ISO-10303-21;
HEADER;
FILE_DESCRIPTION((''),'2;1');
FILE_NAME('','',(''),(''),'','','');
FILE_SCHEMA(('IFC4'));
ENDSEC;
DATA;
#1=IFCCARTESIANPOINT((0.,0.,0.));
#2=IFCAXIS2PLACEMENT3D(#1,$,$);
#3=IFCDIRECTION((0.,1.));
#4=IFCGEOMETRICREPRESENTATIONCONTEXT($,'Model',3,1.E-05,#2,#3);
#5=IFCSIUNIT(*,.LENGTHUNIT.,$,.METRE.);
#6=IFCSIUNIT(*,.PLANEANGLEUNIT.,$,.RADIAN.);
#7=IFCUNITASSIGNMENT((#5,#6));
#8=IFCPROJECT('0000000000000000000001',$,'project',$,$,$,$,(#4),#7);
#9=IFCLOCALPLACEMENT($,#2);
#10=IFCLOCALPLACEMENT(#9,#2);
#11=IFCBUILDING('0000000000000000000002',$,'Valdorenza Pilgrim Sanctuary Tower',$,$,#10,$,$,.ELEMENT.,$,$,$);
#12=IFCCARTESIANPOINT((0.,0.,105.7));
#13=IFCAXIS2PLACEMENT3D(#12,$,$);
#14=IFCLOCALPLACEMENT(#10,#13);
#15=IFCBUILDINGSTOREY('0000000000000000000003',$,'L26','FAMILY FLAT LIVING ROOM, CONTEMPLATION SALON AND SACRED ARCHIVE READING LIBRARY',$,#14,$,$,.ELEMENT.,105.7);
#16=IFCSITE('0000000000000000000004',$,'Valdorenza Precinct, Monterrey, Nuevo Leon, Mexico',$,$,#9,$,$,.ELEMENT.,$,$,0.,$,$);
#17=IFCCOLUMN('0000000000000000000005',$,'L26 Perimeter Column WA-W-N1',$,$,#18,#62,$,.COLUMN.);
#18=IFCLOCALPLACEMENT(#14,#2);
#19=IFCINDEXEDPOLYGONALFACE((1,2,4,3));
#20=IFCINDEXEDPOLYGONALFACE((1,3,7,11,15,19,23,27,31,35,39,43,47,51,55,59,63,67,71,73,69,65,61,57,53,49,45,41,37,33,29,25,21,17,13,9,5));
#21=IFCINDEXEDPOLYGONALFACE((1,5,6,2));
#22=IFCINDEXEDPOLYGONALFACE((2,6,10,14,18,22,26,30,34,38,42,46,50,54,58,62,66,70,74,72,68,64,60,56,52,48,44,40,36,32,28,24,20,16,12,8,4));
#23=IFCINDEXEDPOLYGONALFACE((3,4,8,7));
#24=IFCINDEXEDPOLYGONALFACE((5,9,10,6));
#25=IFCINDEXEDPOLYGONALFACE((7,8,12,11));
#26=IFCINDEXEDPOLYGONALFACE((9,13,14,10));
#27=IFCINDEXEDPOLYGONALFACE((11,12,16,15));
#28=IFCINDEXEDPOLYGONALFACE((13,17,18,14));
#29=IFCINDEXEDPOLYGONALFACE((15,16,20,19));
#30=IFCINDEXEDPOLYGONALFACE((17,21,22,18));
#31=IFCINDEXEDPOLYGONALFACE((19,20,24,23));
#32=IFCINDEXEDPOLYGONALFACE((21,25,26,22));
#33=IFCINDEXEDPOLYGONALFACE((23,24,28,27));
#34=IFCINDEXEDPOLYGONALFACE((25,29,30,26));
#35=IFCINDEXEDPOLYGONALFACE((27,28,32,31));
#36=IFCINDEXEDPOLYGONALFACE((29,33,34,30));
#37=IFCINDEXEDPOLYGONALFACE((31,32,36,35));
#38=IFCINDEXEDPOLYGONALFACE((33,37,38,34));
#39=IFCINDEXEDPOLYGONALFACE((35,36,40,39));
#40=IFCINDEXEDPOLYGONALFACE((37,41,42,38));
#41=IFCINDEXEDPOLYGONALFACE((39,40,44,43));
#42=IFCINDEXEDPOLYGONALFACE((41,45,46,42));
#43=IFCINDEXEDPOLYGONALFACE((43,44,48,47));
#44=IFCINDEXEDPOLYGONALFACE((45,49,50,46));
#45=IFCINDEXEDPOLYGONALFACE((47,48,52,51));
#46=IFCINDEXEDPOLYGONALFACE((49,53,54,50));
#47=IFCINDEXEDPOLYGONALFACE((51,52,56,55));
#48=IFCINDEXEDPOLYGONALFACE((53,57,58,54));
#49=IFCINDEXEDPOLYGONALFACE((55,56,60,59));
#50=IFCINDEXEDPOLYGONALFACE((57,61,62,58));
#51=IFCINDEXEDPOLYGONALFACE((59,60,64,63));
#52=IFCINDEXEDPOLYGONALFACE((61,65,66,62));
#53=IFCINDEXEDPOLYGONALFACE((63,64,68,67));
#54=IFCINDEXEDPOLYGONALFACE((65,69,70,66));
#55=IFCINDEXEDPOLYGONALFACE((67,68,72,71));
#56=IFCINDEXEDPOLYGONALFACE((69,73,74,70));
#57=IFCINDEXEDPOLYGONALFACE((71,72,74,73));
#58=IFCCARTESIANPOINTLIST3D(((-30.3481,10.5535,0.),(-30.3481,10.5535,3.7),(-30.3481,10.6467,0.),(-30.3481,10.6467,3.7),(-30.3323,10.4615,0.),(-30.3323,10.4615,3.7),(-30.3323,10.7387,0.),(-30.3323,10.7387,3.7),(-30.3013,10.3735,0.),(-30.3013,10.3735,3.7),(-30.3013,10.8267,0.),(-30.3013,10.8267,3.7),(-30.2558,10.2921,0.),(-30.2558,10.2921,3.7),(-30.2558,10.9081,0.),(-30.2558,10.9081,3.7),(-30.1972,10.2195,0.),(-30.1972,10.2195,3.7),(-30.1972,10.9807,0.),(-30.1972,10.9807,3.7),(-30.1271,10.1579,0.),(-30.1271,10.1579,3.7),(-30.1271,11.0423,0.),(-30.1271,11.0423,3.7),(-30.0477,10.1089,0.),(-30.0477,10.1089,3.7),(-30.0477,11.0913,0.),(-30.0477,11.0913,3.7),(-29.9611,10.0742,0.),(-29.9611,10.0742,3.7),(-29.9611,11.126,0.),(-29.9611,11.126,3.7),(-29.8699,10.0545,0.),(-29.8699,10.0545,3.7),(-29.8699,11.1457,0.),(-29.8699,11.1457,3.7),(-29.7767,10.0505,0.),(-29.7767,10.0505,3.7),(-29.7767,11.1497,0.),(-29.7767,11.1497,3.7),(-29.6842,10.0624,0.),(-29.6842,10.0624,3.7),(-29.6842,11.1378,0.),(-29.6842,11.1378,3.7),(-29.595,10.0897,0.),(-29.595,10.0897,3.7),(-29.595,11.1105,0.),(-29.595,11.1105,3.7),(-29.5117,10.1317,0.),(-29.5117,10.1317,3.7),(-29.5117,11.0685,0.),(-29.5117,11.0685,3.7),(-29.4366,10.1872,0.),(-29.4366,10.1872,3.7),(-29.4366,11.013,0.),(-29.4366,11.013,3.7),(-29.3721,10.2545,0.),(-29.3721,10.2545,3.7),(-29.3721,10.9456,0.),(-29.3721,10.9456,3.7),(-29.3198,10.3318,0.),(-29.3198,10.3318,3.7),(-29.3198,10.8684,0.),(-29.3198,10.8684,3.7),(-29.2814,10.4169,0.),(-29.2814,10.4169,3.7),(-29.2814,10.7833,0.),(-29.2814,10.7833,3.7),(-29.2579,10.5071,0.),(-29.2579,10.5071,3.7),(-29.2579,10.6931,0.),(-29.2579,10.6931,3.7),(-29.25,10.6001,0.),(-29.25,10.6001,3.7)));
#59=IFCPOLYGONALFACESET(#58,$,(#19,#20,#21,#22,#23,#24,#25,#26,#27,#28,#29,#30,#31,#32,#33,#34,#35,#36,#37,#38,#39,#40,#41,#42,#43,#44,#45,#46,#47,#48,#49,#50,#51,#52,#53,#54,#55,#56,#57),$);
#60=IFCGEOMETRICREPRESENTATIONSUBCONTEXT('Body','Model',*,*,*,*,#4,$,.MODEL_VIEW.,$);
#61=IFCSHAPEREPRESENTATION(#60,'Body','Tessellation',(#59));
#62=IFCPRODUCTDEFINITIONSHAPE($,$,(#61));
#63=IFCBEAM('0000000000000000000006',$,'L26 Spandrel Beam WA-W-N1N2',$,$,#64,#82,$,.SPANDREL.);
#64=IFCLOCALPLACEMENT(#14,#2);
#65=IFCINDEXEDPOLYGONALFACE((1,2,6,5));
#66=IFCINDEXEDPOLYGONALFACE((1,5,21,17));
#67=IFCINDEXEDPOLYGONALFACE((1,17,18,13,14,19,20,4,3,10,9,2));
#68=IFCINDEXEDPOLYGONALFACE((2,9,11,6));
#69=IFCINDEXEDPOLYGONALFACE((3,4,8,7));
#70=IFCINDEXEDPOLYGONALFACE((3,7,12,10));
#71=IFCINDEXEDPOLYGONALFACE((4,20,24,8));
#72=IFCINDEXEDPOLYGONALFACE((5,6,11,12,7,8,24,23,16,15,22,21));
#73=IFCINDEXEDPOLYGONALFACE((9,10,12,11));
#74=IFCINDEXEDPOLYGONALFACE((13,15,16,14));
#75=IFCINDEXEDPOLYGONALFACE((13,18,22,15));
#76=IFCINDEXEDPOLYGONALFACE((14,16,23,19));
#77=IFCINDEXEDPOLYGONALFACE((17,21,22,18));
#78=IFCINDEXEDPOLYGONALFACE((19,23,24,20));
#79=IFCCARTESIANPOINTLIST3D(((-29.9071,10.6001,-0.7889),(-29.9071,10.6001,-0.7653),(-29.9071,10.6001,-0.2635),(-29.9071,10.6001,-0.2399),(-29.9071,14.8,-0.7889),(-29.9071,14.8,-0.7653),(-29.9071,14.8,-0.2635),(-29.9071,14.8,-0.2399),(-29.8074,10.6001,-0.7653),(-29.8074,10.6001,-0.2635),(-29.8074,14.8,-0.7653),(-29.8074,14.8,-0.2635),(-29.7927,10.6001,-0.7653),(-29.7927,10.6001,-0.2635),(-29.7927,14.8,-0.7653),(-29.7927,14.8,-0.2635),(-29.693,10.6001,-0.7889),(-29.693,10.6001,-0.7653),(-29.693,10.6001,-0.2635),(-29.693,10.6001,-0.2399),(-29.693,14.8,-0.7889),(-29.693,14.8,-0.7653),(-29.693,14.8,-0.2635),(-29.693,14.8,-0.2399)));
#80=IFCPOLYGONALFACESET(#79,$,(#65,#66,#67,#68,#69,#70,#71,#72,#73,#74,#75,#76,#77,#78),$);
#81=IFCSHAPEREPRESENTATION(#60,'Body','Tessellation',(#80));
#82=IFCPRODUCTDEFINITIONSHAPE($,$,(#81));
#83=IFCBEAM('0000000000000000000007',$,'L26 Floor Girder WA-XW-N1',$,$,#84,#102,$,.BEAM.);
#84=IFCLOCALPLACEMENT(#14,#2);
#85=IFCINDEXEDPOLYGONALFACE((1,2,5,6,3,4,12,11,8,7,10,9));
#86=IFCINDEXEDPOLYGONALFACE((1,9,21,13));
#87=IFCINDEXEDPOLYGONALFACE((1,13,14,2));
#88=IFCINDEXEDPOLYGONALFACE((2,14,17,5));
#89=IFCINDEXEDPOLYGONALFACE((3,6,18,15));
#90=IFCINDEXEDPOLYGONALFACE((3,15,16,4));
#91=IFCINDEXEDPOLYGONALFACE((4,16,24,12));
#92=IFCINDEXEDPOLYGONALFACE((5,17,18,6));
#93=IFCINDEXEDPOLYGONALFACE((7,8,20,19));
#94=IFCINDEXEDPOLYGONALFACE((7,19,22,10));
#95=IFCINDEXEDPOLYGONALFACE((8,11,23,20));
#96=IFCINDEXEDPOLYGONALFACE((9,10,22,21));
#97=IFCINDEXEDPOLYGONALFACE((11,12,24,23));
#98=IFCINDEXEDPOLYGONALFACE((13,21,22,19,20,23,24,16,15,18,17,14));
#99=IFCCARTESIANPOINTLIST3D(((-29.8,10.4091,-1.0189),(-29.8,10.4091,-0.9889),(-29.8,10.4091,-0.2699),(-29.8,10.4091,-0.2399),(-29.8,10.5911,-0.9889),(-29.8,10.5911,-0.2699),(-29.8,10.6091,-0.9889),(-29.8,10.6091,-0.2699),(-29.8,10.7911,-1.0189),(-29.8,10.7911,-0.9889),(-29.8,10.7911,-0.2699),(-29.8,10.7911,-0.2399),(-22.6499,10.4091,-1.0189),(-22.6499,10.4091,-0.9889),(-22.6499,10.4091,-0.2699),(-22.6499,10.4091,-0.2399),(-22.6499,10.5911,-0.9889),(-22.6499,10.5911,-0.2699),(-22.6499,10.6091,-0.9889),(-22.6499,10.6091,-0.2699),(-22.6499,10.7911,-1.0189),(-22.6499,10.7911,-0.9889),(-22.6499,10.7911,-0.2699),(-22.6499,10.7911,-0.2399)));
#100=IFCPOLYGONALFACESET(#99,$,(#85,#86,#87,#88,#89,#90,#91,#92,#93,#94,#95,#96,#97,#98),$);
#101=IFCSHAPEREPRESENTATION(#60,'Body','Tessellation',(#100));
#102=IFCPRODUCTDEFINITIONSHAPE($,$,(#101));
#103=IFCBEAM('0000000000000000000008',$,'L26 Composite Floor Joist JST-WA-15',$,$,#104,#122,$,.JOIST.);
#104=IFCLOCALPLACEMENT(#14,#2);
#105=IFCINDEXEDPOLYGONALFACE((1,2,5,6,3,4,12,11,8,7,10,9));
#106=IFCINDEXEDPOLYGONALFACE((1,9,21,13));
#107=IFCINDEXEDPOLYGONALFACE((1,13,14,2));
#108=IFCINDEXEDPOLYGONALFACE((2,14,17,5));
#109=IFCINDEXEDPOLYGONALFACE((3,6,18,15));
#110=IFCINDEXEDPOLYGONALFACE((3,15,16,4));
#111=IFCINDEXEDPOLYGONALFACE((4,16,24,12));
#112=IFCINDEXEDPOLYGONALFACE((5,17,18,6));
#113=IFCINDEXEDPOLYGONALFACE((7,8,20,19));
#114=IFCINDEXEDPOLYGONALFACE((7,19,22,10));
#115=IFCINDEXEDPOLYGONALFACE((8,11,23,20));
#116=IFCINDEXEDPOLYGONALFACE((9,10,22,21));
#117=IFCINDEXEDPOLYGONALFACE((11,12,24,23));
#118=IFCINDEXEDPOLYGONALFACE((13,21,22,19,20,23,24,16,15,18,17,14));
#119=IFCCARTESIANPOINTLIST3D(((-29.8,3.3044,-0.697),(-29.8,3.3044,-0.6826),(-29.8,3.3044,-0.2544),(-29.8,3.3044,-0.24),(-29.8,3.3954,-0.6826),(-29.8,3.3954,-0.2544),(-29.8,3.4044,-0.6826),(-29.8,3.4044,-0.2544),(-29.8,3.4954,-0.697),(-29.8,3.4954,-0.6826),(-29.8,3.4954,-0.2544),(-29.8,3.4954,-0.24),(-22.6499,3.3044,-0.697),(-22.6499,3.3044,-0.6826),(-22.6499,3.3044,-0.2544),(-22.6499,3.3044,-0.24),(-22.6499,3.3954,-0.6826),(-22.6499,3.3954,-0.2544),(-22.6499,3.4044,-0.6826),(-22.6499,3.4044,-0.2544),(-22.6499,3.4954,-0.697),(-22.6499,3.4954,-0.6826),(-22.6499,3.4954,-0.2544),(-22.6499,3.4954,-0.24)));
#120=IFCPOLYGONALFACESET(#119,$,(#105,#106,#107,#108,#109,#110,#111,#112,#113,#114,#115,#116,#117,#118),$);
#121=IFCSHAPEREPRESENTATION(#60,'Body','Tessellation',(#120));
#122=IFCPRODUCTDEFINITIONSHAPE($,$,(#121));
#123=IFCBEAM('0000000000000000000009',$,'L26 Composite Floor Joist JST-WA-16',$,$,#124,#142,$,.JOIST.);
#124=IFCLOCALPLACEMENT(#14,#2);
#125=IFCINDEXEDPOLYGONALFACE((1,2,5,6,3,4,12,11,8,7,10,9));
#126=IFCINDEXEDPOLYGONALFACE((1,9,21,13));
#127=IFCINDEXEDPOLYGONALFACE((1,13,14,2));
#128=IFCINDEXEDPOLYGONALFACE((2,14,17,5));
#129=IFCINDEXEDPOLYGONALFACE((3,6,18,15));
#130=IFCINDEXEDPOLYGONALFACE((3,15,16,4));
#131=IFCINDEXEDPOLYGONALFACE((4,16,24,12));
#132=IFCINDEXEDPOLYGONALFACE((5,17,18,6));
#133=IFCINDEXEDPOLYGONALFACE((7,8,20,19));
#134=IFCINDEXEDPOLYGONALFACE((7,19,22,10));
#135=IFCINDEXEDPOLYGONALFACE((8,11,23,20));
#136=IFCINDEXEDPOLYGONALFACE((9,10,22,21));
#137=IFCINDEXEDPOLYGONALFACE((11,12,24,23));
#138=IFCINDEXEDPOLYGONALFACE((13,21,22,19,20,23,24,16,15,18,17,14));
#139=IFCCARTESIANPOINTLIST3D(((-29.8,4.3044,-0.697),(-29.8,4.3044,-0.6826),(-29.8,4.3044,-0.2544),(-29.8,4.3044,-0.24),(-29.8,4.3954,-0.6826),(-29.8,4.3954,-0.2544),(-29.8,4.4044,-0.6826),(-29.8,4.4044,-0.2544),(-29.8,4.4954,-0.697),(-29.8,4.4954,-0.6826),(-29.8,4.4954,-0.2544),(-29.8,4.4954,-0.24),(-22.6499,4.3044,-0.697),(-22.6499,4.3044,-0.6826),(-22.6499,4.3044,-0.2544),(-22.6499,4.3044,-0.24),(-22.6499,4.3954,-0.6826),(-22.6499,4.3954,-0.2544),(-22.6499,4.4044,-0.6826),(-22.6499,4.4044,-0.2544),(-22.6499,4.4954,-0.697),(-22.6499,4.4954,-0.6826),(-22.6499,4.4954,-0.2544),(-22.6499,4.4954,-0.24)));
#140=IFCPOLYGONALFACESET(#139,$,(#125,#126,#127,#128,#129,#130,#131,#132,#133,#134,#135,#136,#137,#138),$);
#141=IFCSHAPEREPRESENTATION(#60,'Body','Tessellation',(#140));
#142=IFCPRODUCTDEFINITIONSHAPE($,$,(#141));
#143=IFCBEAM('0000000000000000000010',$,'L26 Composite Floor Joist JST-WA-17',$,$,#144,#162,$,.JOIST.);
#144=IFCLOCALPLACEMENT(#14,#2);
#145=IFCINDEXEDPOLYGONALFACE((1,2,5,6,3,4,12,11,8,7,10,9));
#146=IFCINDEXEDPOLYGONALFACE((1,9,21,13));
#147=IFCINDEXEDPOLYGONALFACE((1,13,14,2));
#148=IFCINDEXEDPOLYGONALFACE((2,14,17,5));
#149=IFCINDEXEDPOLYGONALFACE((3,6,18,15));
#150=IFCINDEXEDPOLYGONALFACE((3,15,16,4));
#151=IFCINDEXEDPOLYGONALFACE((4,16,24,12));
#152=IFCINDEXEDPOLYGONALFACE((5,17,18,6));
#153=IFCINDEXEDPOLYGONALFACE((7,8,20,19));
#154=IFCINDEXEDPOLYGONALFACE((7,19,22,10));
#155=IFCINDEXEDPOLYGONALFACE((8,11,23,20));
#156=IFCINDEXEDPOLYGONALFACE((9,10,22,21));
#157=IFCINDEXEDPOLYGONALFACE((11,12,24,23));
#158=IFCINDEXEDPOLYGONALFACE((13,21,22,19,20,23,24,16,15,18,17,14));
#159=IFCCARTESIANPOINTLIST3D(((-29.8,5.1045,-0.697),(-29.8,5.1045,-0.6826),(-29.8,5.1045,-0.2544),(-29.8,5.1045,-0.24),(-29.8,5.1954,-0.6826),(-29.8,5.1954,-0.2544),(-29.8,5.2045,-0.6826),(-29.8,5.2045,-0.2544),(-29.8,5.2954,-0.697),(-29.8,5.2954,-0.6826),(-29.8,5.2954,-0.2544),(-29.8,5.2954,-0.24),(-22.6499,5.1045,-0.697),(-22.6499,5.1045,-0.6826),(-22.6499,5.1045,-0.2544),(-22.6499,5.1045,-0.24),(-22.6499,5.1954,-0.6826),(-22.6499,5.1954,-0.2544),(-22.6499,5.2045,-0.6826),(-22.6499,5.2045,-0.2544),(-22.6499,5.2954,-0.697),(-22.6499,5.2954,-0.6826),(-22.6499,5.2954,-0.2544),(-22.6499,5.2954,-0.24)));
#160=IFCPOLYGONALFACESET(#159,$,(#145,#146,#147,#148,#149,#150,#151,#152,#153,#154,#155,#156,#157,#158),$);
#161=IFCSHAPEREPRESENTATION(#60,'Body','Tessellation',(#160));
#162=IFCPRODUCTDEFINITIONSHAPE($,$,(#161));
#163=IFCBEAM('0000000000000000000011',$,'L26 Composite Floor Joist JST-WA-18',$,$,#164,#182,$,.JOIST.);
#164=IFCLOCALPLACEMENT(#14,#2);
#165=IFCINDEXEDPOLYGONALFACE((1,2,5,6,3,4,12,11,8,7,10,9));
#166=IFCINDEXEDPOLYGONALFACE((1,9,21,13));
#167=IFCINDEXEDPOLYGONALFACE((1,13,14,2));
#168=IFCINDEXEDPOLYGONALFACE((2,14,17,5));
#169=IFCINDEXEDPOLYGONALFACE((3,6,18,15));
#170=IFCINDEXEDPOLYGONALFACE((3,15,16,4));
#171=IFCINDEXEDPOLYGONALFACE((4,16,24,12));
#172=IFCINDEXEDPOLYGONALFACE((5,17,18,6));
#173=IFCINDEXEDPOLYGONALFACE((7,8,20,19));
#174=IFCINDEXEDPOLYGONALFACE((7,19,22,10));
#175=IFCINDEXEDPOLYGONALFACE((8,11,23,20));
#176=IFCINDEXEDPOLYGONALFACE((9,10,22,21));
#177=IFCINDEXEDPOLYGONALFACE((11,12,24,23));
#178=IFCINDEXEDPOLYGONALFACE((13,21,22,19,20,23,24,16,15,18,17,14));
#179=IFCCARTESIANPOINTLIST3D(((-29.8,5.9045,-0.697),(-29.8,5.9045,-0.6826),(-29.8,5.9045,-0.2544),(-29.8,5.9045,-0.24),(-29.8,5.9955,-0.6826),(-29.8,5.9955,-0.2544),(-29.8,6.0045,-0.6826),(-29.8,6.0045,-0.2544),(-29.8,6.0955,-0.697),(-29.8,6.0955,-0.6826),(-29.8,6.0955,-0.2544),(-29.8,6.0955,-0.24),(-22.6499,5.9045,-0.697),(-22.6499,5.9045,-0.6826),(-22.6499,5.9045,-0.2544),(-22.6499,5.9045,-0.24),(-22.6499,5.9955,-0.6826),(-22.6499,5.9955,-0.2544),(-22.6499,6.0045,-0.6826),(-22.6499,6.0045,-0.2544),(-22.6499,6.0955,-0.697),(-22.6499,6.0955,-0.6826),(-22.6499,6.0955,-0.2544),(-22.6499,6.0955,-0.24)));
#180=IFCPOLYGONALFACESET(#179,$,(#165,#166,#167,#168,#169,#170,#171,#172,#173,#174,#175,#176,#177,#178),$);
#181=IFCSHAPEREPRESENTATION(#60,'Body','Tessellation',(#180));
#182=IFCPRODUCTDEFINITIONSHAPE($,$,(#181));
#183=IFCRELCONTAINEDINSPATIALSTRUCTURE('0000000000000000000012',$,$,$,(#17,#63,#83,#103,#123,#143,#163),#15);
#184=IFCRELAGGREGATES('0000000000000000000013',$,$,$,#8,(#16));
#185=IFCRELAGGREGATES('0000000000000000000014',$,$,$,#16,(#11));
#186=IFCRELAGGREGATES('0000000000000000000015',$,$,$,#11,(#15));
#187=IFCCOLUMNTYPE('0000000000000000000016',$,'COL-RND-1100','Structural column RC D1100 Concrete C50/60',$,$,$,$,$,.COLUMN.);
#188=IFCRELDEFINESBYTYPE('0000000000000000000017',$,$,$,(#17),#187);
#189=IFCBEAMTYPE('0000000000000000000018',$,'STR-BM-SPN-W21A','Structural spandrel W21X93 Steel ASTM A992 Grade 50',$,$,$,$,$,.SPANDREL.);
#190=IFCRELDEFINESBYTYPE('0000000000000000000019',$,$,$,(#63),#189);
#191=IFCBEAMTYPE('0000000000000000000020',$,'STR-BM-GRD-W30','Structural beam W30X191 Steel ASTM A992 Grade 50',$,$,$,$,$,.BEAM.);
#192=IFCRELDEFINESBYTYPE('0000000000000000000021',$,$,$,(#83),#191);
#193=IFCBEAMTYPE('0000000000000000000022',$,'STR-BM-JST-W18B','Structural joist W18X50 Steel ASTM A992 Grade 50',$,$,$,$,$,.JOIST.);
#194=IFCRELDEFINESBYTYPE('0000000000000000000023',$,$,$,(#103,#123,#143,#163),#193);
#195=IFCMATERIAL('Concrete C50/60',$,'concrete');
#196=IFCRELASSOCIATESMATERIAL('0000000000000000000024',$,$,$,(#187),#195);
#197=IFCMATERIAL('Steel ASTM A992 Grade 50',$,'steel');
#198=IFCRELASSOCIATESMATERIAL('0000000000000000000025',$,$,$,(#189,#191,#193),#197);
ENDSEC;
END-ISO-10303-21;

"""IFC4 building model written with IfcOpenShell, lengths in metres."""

from ifc_helpers import new_model, si_unit, direction, frame, origin, origin_2d, place, context, subcontext, project, spatial, circle, i_section, extrude, source, transform, mapped, material, material_profile, profile_set, type_object, element, save


model = new_model("IFC4")

# Units and contexts
model_context = context("Model", 3, precision=1e-05, world=origin(), true_north=direction((0.0, 1.0)))
body_context = subcontext(model_context, "Body", "Model", "MODEL_VIEW")
ifc_project = project(units=[si_unit("LENGTHUNIT", "METRE"), si_unit("PLANEANGLEUNIT", "RADIAN")], contexts=[model_context])

# Site, building, storey
site_placement = place(None, origin())
site = spatial("IfcSite", under=ifc_project, at=site_placement, Name="Valdorenza Precinct, Monterrey, Nuevo Leon, Mexico", CompositionType="ELEMENT", RefElevation=0.0)
building_placement = place(site_placement, origin())
building = spatial("IfcBuilding", under=site, at=building_placement, Name="Valdorenza Pilgrim Sanctuary Tower", CompositionType="ELEMENT")
storey_placement = place(building_placement, frame((0.0, 0.0, 105.7)))
storey = spatial("IfcBuildingStorey", under=building, at=storey_placement, Name="L26", Description="FAMILY FLAT LIVING ROOM, CONTEMPLATION SALON AND SACRED ARCHIVE READING LIBRARY", CompositionType="ELEMENT", Elevation=105.7)

# Column
ifc_material_1 = material(Name="Concrete C50/60", Category="concrete")
ifc_material_profile_1 = material_profile(ifc_material_1, circle(Radius=0.55, at=origin_2d()), Name="RC D1100")
ifc_profile_set_1 = profile_set([ifc_material_profile_1], Name="Concrete C50/60")
column_type = type_object("IfcColumnType", Name="COL-RND-1100", Description="Structural column RC D1100 Concrete C50/60", PredefinedType="COLUMN", material=ifc_profile_set_1)
shared_shape_1 = source(origin(), body_context, "Body", "SweptSolid", [
    extrude(circle(Radius=0.55, at=origin_2d()), origin(), (0.0, 0.0, 1.0), 3.7),
])
column_placement = place(storey_placement, frame((-29.8, 10.6001, 0.0), z_axis=(0.0, 0.0, 1.0), x_axis=(1.0, 0.0, 0.0)))
element("IfcColumn", 1, at=column_placement, inside=storey, type_object=column_type, Name="L26 Perimeter Column WA-W-N1", PredefinedType="COLUMN", context=body_context, shape_type="MappedRepresentation", body=[
    mapped(shared_shape_1, transform((0.0, 0.0, 0.0), x_axis=(1.0, 0.0, 0.0), y_axis=(0.0, 1.0, 0.0), z_axis=(0.0, 0.0, 1.0), scale=1.0)),
])

# Beams
ifc_material_2 = material(Name="Steel ASTM A992 Grade 50", Category="steel")
ifc_material_profile_2 = material_profile(ifc_material_2, i_section(OverallWidth=0.2141, OverallDepth=0.5491, WebThickness=0.0146, FlangeThickness=0.0237, at=origin_2d()), Name="W21X93")
ifc_profile_set_2 = profile_set([ifc_material_profile_2], Name="Steel ASTM A992 Grade 50")
beam_type_1 = type_object("IfcBeamType", Name="STR-BM-SPN-W21A", Description="Structural spandrel W21X93 Steel ASTM A992 Grade 50", PredefinedType="SPANDREL", material=ifc_profile_set_2)
shared_shape_2 = source(origin(), body_context, "Body", "SweptSolid", [
    extrude(i_section(OverallWidth=0.2141, OverallDepth=0.5491, WebThickness=0.0146, FlangeThickness=0.0237, at=origin_2d()), origin(), (0.0, 0.0, 1.0), 4.2),
])
beam_1_placement = place(storey_placement, frame((-29.8, 10.6001, -0.5144), z_axis=(0.0, 1.0, 0.0), x_axis=(-1.0, 0.0, 0.0)))
element("IfcBeam", 2, at=beam_1_placement, inside=storey, type_object=beam_type_1, Name="L26 Spandrel Beam WA-W-N1N2", PredefinedType="SPANDREL", context=body_context, shape_type="MappedRepresentation", body=[
    mapped(shared_shape_2, transform((0.0, 0.0, 0.0), x_axis=(1.0, 0.0, 0.0), y_axis=(0.0, 1.0, 0.0), z_axis=(0.0, 0.0, 1.0), scale=1.0)),
])
ifc_material_profile_3 = material_profile(ifc_material_2, i_section(OverallWidth=0.3821, OverallDepth=0.7791, WebThickness=0.0181, FlangeThickness=0.03, at=origin_2d()), Name="W30X191")
ifc_profile_set_3 = profile_set([ifc_material_profile_3], Name="Steel ASTM A992 Grade 50")
beam_type_2 = type_object("IfcBeamType", Name="STR-BM-GRD-W30", Description="Structural beam W30X191 Steel ASTM A992 Grade 50", PredefinedType="BEAM", material=ifc_profile_set_3)
shared_shape_3 = source(origin(), body_context, "Body", "SweptSolid", [
    extrude(i_section(OverallWidth=0.3821, OverallDepth=0.7791, WebThickness=0.0181, FlangeThickness=0.03, at=origin_2d()), origin(), (0.0, 0.0, 1.0), 7.1501),
])
beam_2_placement = place(storey_placement, frame((-29.8, 10.6001, -0.6294), z_axis=(1.0, 0.0, 0.0), x_axis=(0.0, 1.0, 0.0)))
element("IfcBeam", 3, at=beam_2_placement, inside=storey, type_object=beam_type_2, Name="L26 Floor Girder WA-XW-N1", PredefinedType="BEAM", context=body_context, shape_type="MappedRepresentation", body=[
    mapped(shared_shape_3, transform((0.0, 0.0, 0.0), x_axis=(1.0, 0.0, 0.0), y_axis=(0.0, 1.0, 0.0), z_axis=(0.0, 0.0, 1.0), scale=1.0)),
])
ifc_material_profile_4 = material_profile(ifc_material_2, i_section(OverallWidth=0.1909, OverallDepth=0.457, WebThickness=0.009, FlangeThickness=0.0144, at=origin_2d()), Name="W18X50")
ifc_profile_set_4 = profile_set([ifc_material_profile_4], Name="Steel ASTM A992 Grade 50")
beam_type_3 = type_object("IfcBeamType", Name="STR-BM-JST-W18B", Description="Structural joist W18X50 Steel ASTM A992 Grade 50", PredefinedType="JOIST", material=ifc_profile_set_4)
shared_shape_4 = source(origin(), body_context, "Body", "SweptSolid", [
    extrude(i_section(OverallWidth=0.1909, OverallDepth=0.457, WebThickness=0.009, FlangeThickness=0.0144, at=origin_2d()), origin(), (0.0, 0.0, 1.0), 7.1501),
])
for number, where, z_axis, x_axis, name in (
    (4, (-29.8, 3.3999, -0.4685), (1.0, 0.0, 0.0), (0.0, 1.0, 0.0), "L26 Composite Floor Joist JST-WA-15"),
    (5, (-29.8, 4.3999, -0.4685), (1.0, 0.0, 0.0), (0.0, 1.0, 0.0), "L26 Composite Floor Joist JST-WA-16"),
    (6, (-29.8, 5.2, -0.4685), (1.0, 0.0, 0.0), (0.0, 1.0, 0.0), "L26 Composite Floor Joist JST-WA-17"),
    (7, (-29.8, 6.0, -0.4685), (1.0, 0.0, 0.0), (0.0, 1.0, 0.0), "L26 Composite Floor Joist JST-WA-18"),
):
    element("IfcBeam", number, at=place(storey_placement, frame(where, z_axis=z_axis, x_axis=x_axis)), inside=storey, type_object=beam_type_3, Name=name, PredefinedType="JOIST", context=body_context, shape_type="MappedRepresentation", body=[
        mapped(shared_shape_4, transform((0.0, 0.0, 0.0), x_axis=(1.0, 0.0, 0.0), y_axis=(0.0, 1.0, 0.0), z_axis=(0.0, 0.0, 1.0), scale=1.0)),
    ])

save(model, "model.ifc")
